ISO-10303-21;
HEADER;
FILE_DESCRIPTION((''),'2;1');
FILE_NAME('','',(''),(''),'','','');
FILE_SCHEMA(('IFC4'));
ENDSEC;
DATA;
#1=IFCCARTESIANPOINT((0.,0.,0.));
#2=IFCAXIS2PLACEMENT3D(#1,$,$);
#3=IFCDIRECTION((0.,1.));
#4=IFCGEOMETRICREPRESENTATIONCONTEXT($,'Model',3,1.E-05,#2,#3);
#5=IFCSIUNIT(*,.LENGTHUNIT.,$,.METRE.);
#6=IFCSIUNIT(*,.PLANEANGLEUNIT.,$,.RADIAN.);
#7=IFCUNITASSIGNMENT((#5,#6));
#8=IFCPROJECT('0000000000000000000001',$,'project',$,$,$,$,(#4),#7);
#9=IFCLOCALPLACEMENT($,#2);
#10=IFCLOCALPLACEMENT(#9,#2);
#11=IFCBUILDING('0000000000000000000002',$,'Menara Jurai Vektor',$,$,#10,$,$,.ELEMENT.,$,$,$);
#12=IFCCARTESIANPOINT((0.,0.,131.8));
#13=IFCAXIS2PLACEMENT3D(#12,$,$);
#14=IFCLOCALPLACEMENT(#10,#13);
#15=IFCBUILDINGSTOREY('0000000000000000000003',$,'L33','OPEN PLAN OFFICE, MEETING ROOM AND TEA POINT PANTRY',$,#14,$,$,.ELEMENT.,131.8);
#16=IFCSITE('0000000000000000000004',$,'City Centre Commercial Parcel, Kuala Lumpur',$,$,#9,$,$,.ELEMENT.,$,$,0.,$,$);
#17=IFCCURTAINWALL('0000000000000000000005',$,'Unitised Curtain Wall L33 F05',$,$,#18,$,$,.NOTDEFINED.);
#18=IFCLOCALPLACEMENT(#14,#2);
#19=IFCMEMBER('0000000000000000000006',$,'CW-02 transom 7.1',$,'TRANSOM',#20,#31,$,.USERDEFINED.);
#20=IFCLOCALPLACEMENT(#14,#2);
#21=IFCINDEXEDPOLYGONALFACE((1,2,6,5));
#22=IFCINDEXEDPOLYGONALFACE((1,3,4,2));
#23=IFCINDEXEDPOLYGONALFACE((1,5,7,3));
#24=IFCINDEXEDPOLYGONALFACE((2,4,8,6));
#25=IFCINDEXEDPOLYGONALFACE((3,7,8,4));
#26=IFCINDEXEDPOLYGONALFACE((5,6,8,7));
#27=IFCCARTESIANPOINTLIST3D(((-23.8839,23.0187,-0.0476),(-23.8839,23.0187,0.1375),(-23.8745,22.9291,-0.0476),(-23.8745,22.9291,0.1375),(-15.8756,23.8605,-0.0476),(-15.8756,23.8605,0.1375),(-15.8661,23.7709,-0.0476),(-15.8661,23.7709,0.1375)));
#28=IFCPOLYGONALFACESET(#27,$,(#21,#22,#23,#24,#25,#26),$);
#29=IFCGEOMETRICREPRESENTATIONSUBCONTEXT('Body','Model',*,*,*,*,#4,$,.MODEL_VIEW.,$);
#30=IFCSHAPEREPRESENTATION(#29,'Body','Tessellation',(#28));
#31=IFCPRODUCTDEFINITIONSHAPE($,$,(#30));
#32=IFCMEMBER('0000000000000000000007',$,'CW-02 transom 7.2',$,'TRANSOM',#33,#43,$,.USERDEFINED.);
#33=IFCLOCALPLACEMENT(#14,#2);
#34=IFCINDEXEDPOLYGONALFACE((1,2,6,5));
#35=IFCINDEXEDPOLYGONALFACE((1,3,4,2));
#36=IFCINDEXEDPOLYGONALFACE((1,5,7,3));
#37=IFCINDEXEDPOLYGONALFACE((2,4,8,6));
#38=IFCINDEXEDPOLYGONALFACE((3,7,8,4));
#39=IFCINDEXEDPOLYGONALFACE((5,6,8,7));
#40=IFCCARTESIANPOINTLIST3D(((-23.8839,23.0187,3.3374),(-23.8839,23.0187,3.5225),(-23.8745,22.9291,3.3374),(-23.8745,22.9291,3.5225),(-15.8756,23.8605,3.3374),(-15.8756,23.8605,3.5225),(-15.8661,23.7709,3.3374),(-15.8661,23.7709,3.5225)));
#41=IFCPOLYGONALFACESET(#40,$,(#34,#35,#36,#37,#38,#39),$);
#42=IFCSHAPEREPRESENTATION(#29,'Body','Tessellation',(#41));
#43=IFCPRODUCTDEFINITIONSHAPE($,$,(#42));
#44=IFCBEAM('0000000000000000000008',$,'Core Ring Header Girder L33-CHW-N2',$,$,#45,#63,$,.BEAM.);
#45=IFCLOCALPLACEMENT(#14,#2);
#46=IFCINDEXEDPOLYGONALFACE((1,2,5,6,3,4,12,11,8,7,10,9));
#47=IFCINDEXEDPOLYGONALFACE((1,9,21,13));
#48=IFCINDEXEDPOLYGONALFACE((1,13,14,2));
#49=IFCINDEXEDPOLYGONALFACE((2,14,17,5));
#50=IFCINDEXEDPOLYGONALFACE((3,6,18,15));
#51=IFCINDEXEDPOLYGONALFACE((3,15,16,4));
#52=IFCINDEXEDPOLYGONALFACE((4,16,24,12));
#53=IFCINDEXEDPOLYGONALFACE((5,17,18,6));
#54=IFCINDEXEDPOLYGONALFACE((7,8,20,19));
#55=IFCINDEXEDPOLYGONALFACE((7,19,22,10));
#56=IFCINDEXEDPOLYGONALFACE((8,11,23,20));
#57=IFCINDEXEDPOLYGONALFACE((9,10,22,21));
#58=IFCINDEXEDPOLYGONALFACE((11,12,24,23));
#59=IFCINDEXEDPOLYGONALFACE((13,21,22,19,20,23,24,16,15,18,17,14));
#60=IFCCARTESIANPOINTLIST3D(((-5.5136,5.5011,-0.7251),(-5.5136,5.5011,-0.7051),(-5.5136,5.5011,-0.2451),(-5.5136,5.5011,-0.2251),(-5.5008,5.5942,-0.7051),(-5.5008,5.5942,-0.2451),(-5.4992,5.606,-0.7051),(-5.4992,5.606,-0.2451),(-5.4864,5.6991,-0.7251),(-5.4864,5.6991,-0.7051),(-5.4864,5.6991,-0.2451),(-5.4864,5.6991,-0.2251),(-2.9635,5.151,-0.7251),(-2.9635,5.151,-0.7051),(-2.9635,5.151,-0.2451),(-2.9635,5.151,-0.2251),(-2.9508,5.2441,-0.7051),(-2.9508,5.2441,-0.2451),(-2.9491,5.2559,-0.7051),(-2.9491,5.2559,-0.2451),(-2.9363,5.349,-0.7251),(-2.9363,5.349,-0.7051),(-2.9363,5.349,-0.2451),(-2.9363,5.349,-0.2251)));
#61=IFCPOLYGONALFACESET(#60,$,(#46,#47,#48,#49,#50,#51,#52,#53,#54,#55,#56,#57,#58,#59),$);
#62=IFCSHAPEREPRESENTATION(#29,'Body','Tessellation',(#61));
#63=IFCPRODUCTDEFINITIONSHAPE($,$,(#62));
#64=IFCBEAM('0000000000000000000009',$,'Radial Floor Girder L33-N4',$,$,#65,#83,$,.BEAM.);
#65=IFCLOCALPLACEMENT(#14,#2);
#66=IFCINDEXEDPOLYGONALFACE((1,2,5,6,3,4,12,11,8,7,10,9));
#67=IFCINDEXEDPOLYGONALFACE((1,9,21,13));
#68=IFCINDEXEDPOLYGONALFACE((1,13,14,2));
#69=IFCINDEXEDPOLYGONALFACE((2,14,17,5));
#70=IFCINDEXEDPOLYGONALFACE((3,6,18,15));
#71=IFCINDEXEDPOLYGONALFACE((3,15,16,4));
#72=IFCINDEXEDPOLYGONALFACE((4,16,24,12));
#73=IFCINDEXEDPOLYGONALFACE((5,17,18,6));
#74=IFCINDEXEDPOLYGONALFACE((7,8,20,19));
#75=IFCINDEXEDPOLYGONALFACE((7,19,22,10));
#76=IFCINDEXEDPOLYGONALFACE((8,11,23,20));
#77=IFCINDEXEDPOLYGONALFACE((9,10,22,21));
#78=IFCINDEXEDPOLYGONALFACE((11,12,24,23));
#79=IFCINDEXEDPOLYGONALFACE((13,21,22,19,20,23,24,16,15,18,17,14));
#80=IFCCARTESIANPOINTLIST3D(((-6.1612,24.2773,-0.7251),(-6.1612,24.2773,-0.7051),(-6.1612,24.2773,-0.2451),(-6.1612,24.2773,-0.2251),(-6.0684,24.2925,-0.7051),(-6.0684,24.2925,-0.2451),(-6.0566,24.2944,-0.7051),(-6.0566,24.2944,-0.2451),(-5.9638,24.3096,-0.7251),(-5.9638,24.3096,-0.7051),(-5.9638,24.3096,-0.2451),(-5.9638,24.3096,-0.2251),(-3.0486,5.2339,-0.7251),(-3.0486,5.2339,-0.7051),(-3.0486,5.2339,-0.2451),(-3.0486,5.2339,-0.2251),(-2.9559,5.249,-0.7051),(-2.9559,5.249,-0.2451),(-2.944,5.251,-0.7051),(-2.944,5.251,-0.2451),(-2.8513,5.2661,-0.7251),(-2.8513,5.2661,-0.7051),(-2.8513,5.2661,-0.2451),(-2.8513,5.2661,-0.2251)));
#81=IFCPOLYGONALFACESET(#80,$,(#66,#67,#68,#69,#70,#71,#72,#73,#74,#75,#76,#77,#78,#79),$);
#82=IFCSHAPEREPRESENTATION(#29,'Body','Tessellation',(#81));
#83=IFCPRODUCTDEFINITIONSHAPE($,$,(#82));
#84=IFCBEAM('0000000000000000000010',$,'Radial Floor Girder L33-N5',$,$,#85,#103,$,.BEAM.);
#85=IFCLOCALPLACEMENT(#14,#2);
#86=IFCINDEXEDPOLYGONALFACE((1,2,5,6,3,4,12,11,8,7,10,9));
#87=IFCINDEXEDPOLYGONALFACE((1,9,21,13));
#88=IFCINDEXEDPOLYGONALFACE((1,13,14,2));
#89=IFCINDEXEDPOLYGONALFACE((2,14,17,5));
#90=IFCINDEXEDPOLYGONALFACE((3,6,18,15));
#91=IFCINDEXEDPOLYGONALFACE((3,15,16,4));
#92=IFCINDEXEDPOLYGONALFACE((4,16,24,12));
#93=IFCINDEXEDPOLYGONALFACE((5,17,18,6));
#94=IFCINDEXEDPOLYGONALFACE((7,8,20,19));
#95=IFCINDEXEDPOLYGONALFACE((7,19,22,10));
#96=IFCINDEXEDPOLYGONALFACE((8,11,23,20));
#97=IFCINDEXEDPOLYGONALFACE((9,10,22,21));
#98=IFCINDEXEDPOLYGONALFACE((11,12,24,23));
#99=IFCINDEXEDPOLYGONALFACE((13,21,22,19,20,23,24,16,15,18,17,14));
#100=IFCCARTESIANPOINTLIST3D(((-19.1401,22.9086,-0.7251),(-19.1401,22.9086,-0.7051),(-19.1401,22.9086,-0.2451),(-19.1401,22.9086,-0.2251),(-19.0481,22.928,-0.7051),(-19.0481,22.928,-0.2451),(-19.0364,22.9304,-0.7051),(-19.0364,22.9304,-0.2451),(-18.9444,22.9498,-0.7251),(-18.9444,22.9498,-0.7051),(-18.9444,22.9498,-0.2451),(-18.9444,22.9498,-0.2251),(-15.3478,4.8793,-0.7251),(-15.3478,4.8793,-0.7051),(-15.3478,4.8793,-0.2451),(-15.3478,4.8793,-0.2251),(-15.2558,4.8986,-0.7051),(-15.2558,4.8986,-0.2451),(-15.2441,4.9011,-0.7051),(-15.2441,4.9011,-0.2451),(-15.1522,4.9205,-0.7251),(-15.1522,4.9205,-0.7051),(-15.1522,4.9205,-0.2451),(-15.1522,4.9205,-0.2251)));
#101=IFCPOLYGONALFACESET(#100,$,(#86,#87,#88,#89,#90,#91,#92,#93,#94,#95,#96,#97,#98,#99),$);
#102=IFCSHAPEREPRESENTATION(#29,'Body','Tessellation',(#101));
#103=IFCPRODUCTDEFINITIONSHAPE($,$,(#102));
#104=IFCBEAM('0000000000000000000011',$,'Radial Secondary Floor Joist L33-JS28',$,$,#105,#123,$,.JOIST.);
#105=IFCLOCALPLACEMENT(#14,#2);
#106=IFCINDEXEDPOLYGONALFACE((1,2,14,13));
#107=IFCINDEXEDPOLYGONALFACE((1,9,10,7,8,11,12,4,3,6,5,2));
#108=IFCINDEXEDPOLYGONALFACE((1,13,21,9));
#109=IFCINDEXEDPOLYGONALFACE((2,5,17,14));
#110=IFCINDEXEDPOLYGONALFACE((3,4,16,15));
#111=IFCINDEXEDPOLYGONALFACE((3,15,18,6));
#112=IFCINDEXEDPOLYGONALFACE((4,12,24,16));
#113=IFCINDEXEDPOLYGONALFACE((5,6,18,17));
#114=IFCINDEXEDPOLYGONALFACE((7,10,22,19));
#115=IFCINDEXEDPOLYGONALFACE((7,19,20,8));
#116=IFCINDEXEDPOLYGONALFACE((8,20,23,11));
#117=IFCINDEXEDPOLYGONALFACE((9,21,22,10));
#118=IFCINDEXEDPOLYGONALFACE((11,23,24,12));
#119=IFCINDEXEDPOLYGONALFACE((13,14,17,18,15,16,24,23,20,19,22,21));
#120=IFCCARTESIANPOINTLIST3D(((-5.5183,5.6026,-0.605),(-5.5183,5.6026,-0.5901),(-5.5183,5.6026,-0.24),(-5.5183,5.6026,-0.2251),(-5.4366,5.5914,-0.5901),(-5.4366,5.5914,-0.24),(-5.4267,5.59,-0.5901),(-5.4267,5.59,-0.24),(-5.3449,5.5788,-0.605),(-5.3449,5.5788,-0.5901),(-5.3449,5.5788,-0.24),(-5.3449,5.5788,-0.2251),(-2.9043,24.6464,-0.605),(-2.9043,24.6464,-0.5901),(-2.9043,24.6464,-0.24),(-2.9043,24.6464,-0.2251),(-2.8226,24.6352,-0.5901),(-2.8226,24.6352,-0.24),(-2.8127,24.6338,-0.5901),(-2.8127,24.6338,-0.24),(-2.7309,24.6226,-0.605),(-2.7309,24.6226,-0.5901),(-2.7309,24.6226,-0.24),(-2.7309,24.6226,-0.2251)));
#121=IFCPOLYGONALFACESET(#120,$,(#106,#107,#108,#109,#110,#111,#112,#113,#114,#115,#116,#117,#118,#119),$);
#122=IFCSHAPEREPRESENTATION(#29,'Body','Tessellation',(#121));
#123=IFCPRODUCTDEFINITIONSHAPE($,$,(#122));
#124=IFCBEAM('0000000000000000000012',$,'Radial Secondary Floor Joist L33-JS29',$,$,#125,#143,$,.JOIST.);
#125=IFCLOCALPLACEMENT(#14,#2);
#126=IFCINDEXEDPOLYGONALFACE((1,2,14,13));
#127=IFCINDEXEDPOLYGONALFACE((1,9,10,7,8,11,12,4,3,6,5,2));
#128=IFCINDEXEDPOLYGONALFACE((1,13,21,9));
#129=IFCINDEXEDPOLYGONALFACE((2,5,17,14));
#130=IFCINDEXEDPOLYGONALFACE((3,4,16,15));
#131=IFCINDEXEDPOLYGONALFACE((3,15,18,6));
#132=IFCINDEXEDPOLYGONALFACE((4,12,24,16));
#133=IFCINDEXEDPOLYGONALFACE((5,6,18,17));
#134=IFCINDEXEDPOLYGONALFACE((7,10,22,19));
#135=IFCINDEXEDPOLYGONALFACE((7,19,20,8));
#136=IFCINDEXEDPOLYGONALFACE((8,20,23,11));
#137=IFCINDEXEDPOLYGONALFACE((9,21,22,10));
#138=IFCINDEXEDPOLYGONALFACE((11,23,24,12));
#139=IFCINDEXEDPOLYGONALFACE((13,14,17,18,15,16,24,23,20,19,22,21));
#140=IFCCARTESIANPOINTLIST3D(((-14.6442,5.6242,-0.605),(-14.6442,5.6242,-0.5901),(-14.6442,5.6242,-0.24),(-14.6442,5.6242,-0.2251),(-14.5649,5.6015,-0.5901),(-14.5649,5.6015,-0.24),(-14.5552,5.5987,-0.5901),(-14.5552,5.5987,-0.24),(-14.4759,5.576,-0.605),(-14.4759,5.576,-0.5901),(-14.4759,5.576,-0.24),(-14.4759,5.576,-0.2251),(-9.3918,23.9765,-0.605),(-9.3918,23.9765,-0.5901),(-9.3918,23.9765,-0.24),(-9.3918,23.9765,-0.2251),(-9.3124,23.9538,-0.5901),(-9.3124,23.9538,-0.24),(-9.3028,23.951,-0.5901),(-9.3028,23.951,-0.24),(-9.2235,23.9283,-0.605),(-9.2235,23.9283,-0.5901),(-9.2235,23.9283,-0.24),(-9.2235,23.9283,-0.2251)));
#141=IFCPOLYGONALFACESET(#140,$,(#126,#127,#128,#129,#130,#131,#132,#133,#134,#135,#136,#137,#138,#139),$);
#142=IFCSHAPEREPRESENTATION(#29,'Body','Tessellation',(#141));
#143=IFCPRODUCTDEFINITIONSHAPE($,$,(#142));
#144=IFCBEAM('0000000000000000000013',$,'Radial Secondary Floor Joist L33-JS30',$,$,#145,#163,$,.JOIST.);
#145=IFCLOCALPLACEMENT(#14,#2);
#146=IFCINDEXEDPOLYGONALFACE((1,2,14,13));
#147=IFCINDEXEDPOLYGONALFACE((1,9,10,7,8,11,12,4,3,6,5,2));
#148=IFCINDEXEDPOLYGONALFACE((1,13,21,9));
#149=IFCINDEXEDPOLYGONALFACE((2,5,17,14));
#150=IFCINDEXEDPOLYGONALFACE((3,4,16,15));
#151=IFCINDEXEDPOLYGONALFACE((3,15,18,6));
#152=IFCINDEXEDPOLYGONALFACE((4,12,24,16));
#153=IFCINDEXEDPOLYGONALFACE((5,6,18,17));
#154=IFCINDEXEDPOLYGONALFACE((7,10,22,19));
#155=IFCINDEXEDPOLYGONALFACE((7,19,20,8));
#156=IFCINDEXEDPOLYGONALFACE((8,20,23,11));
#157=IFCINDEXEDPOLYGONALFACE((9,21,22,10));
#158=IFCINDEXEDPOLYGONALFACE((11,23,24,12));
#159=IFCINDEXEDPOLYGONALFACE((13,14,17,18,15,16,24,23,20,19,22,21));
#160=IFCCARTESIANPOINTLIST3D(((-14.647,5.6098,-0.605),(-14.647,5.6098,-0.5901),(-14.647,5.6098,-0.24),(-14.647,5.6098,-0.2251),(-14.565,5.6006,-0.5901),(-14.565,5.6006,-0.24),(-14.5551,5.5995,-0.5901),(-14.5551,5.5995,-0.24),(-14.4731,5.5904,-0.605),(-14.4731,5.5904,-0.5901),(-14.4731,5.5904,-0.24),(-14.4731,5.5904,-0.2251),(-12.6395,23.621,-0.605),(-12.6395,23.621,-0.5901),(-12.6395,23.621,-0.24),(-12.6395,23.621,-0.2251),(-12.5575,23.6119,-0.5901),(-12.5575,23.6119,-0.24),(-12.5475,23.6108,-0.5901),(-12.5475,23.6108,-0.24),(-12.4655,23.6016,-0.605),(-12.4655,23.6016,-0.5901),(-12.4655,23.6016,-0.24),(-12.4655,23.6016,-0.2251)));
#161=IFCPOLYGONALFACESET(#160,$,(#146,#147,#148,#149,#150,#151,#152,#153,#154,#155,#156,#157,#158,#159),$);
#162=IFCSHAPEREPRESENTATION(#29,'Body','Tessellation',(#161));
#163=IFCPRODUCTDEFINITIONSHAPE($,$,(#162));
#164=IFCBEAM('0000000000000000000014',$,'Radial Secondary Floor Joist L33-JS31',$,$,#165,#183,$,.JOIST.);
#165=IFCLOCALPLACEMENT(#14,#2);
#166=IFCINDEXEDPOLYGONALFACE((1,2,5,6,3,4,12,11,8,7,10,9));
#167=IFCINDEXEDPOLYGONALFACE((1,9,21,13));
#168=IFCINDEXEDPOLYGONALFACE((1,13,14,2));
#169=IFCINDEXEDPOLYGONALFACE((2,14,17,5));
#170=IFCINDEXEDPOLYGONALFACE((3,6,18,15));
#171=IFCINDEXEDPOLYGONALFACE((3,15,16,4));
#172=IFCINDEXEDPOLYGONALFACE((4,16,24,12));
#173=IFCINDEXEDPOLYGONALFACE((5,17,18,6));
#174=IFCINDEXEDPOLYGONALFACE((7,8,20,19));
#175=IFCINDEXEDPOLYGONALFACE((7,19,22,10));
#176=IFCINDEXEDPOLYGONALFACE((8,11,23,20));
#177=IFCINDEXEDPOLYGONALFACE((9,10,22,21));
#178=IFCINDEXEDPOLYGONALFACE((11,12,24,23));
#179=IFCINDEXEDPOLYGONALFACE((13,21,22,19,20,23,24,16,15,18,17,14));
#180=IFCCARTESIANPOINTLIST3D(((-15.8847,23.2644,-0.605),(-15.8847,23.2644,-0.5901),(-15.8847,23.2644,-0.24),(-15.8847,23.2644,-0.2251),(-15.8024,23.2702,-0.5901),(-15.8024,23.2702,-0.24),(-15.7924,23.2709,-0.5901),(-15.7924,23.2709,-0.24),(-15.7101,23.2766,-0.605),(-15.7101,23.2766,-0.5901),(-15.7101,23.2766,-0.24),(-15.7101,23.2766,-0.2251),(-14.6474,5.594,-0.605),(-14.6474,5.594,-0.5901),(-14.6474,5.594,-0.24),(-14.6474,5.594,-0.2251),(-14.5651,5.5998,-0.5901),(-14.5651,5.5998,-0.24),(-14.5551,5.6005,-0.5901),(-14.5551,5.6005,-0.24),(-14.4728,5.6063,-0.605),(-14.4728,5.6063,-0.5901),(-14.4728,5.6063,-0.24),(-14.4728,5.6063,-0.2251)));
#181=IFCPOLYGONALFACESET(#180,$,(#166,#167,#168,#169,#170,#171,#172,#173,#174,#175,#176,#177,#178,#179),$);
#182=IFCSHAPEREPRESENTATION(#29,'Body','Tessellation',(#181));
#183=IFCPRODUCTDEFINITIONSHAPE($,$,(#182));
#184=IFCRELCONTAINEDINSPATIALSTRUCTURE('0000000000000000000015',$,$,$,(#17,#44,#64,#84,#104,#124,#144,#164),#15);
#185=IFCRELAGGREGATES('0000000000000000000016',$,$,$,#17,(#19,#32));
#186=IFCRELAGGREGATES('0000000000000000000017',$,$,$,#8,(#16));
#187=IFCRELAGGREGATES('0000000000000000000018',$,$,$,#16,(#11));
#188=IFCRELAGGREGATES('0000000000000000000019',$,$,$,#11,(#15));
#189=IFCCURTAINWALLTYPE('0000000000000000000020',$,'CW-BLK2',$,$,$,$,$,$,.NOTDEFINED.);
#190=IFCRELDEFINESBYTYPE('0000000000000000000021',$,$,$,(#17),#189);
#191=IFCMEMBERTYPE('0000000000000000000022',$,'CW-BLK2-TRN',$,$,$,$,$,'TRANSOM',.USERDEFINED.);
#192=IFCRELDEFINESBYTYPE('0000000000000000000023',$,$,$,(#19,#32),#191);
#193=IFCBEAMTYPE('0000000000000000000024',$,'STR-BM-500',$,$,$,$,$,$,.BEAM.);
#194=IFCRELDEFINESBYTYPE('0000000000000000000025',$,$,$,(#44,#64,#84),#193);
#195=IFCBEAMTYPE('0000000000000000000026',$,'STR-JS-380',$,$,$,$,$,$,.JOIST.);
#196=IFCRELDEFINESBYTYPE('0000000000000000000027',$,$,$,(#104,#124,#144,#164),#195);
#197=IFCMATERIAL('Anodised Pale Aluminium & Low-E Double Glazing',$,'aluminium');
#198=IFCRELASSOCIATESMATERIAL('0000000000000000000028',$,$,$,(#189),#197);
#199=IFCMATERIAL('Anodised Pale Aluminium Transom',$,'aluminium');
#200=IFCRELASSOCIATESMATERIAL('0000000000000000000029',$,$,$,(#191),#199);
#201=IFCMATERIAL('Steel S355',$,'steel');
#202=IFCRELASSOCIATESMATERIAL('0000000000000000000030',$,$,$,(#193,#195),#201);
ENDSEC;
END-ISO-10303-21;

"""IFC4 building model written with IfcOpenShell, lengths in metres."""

from ifc_helpers import new_model, si_unit, direction, frame, origin, origin_2d, place, context, subcontext, project, spatial, rectangle, i_section, extrude, material, material_profile, profile_set, type_object, element, aggregate, save


model = new_model("IFC4")

# Units and contexts
model_context = context("Model", 3, precision=1e-05, world=origin(), true_north=direction((0.0, 1.0)))
body_context = subcontext(model_context, "Body", "Model", "MODEL_VIEW")
ifc_project = project(units=[si_unit("LENGTHUNIT", "METRE"), si_unit("PLANEANGLEUNIT", "RADIAN")], contexts=[model_context])

# Site, building, storey
site_placement = place(None, origin())
site = spatial("IfcSite", under=ifc_project, at=site_placement, Name="City Centre Commercial Parcel, Kuala Lumpur", CompositionType="ELEMENT", RefElevation=0.0)
building_placement = place(site_placement, origin())
building = spatial("IfcBuilding", under=site, at=building_placement, Name="Menara Jurai Vektor", CompositionType="ELEMENT")
storey_placement = place(building_placement, frame((0.0, 0.0, 131.8)))
storey = spatial("IfcBuildingStorey", under=building, at=storey_placement, Name="L33", Description="OPEN PLAN OFFICE, MEETING ROOM AND TEA POINT PANTRY", CompositionType="ELEMENT", Elevation=131.8)

# Shared definitions
ifc_material_1 = material(Name="Steel S355", Category="steel")

# Curtain wall, members
ifc_material_2 = material(Name="Anodised Pale Aluminium & Low-E Double Glazing", Category="aluminium")
curtain_wall_type = type_object("IfcCurtainWallType", Name="CW-BLK2", PredefinedType="NOTDEFINED", material=ifc_material_2)
curtain_wall_placement = place(storey_placement, origin())
curtain_wall = element("IfcCurtainWall", 1, at=curtain_wall_placement, inside=storey, type_object=curtain_wall_type, Name="Unitised Curtain Wall L33 F05", PredefinedType="NOTDEFINED")
ifc_material_3 = material(Name="Anodised Pale Aluminium Transom", Category="aluminium")
ifc_material_profile_1 = material_profile(ifc_material_3, rectangle(XDim=0.0901, YDim=0.1851, at=origin_2d()), Name="ALU TRN 90x185")
ifc_profile_set_1 = profile_set([ifc_material_profile_1], Name="Anodised Pale Aluminium Transom")
member_type_1 = type_object("IfcMemberType", Name="CW-BLK2-TRN", ElementType="TRANSOM", PredefinedType="USERDEFINED", material=ifc_profile_set_1)
member_1_placement = place(storey_placement, frame((-15.8708, 23.8157, 0.0449), z_axis=(-0.994521, -0.10454, 0.0), x_axis=(0.10454, -0.994521, 0.0)))
member_1 = element("IfcMember", 2, at=member_1_placement, type_object=member_type_1, Name="CW-02 transom 7.1", ObjectType="TRANSOM", PredefinedType="USERDEFINED", context=body_context, shape_type="SweptSolid", body=[
    extrude(rectangle(XDim=0.0901, YDim=0.1851, at=origin_2d()), origin(), (0.0, 0.0, 1.0), 8.0525),
])
member_2_placement = place(storey_placement, frame((-15.8708, 23.8157, 3.4299), z_axis=(-0.994521, -0.10454, 0.0), x_axis=(0.10454, -0.994521, 0.0)))
member_2 = element("IfcMember", 3, at=member_2_placement, type_object=member_type_1, Name="CW-02 transom 7.2", ObjectType="TRANSOM", PredefinedType="USERDEFINED", context=body_context, shape_type="SweptSolid", body=[
    extrude(rectangle(XDim=0.0901, YDim=0.1851, at=origin_2d()), origin(), (0.0, 0.0, 1.0), 8.0525),
])

# Beams
ifc_material_profile_2 = material_profile(ifc_material_1, i_section(OverallWidth=0.2, OverallDepth=0.5, WebThickness=0.012, FlangeThickness=0.02, at=origin_2d()), Name="PG 500x200x96")
ifc_profile_set_2 = profile_set([ifc_material_profile_2], Name="Steel S355")
beam_type_1 = type_object("IfcBeamType", Name="STR-BM-500", PredefinedType="BEAM", material=ifc_profile_set_2)
beam_1_placement = place(storey_placement, frame((-5.5, 5.6001, -0.4751), z_axis=(0.990707, -0.136015, 0.0), x_axis=(0.136015, 0.990707, 0.0)))
element("IfcBeam", 4, at=beam_1_placement, inside=storey, type_object=beam_type_1, Name="Core Ring Header Girder L33-CHW-N2", PredefinedType="BEAM", context=body_context, shape_type="SweptSolid", body=[
    extrude(i_section(OverallWidth=0.2, OverallDepth=0.5, WebThickness=0.012, FlangeThickness=0.02, at=origin_2d()), origin(), (0.0, 0.0, 1.0), 2.574),
])
beam_2_placement = place(storey_placement, frame((-6.0625, 24.2935, -0.4751), z_axis=(0.161304, -0.986905, 0.0), x_axis=(0.986905, 0.161304, 0.0)))
element("IfcBeam", 5, at=beam_2_placement, inside=storey, type_object=beam_type_1, Name="Radial Floor Girder L33-N4", PredefinedType="BEAM", context=body_context, shape_type="SweptSolid", body=[
    extrude(i_section(OverallWidth=0.2, OverallDepth=0.5, WebThickness=0.012, FlangeThickness=0.02, at=origin_2d()), origin(), (0.0, 0.0, 1.0), 19.2961),
])
beam_3_placement = place(storey_placement, frame((-19.0422, 22.9292, -0.4751), z_axis=(0.205833, -0.978587, 0.0), x_axis=(0.978587, 0.205833, 0.0)))
element("IfcBeam", 6, at=beam_3_placement, inside=storey, type_object=beam_type_1, Name="Radial Floor Girder L33-N5", PredefinedType="BEAM", context=body_context, shape_type="SweptSolid", body=[
    extrude(i_section(OverallWidth=0.2, OverallDepth=0.5, WebThickness=0.012, FlangeThickness=0.02, at=origin_2d()), origin(), (0.0, 0.0, 1.0), 18.4238),
])
ifc_material_profile_3 = material_profile(ifc_material_1, i_section(OverallWidth=0.175, OverallDepth=0.3799, WebThickness=0.01, FlangeThickness=0.0149, at=origin_2d()), Name="PG 380x175x58")
ifc_profile_set_3 = profile_set([ifc_material_profile_3], Name="Steel S355")
beam_type_2 = type_object("IfcBeamType", Name="STR-JS-380", PredefinedType="JOIST", material=ifc_profile_set_3)
beam_4_placement = place(storey_placement, frame((-2.8176, 24.6345, -0.415), z_axis=(-0.135987, -0.990711, 0.0), x_axis=(0.990711, -0.135987, 0.0)))
element("IfcBeam", 7, at=beam_4_placement, inside=storey, type_object=beam_type_2, Name="Radial Secondary Floor Joist L33-JS28", PredefinedType="JOIST", context=body_context, shape_type="SweptSolid", body=[
    extrude(i_section(OverallWidth=0.175, OverallDepth=0.3799, WebThickness=0.01, FlangeThickness=0.0149, at=origin_2d()), origin(), (0.0, 0.0, 1.0), 19.2224),
])
beam_5_placement = place(storey_placement, frame((-9.3076, 23.9524, -0.415), z_axis=(-0.275154, -0.9614, 0.0), x_axis=(0.9614, -0.275154, 0.0)))
element("IfcBeam", 8, at=beam_5_placement, inside=storey, type_object=beam_type_2, Name="Radial Secondary Floor Joist L33-JS29", PredefinedType="JOIST", context=body_context, shape_type="SweptSolid", body=[
    extrude(i_section(OverallWidth=0.175, OverallDepth=0.3799, WebThickness=0.01, FlangeThickness=0.0149, at=origin_2d()), origin(), (0.0, 0.0, 1.0), 19.0891),
])
beam_6_placement = place(storey_placement, frame((-12.5525, 23.6113, -0.415), z_axis=(-0.110776, -0.993845, 0.0), x_axis=(0.993845, -0.110776, 0.0)))
element("IfcBeam", 9, at=beam_6_placement, inside=storey, type_object=beam_type_2, Name="Radial Secondary Floor Joist L33-JS30", PredefinedType="JOIST", context=body_context, shape_type="SweptSolid", body=[
    extrude(i_section(OverallWidth=0.175, OverallDepth=0.3799, WebThickness=0.01, FlangeThickness=0.0149, at=origin_2d()), origin(), (0.0, 0.0, 1.0), 18.1228),
])
beam_7_placement = place(storey_placement, frame((-15.7974, 23.2705, -0.415), z_axis=(0.06985, -0.997557, 0.0), x_axis=(0.997557, 0.06985, 0.0)))
element("IfcBeam", 10, at=beam_7_placement, inside=storey, type_object=beam_type_2, Name="Radial Secondary Floor Joist L33-JS31", PredefinedType="JOIST", context=body_context, shape_type="SweptSolid", body=[
    extrude(i_section(OverallWidth=0.175, OverallDepth=0.3799, WebThickness=0.01, FlangeThickness=0.0149, at=origin_2d()), origin(), (0.0, 0.0, 1.0), 17.7136),
])

aggregate(curtain_wall, [member_1, member_2])

save(model, "model.ifc")
